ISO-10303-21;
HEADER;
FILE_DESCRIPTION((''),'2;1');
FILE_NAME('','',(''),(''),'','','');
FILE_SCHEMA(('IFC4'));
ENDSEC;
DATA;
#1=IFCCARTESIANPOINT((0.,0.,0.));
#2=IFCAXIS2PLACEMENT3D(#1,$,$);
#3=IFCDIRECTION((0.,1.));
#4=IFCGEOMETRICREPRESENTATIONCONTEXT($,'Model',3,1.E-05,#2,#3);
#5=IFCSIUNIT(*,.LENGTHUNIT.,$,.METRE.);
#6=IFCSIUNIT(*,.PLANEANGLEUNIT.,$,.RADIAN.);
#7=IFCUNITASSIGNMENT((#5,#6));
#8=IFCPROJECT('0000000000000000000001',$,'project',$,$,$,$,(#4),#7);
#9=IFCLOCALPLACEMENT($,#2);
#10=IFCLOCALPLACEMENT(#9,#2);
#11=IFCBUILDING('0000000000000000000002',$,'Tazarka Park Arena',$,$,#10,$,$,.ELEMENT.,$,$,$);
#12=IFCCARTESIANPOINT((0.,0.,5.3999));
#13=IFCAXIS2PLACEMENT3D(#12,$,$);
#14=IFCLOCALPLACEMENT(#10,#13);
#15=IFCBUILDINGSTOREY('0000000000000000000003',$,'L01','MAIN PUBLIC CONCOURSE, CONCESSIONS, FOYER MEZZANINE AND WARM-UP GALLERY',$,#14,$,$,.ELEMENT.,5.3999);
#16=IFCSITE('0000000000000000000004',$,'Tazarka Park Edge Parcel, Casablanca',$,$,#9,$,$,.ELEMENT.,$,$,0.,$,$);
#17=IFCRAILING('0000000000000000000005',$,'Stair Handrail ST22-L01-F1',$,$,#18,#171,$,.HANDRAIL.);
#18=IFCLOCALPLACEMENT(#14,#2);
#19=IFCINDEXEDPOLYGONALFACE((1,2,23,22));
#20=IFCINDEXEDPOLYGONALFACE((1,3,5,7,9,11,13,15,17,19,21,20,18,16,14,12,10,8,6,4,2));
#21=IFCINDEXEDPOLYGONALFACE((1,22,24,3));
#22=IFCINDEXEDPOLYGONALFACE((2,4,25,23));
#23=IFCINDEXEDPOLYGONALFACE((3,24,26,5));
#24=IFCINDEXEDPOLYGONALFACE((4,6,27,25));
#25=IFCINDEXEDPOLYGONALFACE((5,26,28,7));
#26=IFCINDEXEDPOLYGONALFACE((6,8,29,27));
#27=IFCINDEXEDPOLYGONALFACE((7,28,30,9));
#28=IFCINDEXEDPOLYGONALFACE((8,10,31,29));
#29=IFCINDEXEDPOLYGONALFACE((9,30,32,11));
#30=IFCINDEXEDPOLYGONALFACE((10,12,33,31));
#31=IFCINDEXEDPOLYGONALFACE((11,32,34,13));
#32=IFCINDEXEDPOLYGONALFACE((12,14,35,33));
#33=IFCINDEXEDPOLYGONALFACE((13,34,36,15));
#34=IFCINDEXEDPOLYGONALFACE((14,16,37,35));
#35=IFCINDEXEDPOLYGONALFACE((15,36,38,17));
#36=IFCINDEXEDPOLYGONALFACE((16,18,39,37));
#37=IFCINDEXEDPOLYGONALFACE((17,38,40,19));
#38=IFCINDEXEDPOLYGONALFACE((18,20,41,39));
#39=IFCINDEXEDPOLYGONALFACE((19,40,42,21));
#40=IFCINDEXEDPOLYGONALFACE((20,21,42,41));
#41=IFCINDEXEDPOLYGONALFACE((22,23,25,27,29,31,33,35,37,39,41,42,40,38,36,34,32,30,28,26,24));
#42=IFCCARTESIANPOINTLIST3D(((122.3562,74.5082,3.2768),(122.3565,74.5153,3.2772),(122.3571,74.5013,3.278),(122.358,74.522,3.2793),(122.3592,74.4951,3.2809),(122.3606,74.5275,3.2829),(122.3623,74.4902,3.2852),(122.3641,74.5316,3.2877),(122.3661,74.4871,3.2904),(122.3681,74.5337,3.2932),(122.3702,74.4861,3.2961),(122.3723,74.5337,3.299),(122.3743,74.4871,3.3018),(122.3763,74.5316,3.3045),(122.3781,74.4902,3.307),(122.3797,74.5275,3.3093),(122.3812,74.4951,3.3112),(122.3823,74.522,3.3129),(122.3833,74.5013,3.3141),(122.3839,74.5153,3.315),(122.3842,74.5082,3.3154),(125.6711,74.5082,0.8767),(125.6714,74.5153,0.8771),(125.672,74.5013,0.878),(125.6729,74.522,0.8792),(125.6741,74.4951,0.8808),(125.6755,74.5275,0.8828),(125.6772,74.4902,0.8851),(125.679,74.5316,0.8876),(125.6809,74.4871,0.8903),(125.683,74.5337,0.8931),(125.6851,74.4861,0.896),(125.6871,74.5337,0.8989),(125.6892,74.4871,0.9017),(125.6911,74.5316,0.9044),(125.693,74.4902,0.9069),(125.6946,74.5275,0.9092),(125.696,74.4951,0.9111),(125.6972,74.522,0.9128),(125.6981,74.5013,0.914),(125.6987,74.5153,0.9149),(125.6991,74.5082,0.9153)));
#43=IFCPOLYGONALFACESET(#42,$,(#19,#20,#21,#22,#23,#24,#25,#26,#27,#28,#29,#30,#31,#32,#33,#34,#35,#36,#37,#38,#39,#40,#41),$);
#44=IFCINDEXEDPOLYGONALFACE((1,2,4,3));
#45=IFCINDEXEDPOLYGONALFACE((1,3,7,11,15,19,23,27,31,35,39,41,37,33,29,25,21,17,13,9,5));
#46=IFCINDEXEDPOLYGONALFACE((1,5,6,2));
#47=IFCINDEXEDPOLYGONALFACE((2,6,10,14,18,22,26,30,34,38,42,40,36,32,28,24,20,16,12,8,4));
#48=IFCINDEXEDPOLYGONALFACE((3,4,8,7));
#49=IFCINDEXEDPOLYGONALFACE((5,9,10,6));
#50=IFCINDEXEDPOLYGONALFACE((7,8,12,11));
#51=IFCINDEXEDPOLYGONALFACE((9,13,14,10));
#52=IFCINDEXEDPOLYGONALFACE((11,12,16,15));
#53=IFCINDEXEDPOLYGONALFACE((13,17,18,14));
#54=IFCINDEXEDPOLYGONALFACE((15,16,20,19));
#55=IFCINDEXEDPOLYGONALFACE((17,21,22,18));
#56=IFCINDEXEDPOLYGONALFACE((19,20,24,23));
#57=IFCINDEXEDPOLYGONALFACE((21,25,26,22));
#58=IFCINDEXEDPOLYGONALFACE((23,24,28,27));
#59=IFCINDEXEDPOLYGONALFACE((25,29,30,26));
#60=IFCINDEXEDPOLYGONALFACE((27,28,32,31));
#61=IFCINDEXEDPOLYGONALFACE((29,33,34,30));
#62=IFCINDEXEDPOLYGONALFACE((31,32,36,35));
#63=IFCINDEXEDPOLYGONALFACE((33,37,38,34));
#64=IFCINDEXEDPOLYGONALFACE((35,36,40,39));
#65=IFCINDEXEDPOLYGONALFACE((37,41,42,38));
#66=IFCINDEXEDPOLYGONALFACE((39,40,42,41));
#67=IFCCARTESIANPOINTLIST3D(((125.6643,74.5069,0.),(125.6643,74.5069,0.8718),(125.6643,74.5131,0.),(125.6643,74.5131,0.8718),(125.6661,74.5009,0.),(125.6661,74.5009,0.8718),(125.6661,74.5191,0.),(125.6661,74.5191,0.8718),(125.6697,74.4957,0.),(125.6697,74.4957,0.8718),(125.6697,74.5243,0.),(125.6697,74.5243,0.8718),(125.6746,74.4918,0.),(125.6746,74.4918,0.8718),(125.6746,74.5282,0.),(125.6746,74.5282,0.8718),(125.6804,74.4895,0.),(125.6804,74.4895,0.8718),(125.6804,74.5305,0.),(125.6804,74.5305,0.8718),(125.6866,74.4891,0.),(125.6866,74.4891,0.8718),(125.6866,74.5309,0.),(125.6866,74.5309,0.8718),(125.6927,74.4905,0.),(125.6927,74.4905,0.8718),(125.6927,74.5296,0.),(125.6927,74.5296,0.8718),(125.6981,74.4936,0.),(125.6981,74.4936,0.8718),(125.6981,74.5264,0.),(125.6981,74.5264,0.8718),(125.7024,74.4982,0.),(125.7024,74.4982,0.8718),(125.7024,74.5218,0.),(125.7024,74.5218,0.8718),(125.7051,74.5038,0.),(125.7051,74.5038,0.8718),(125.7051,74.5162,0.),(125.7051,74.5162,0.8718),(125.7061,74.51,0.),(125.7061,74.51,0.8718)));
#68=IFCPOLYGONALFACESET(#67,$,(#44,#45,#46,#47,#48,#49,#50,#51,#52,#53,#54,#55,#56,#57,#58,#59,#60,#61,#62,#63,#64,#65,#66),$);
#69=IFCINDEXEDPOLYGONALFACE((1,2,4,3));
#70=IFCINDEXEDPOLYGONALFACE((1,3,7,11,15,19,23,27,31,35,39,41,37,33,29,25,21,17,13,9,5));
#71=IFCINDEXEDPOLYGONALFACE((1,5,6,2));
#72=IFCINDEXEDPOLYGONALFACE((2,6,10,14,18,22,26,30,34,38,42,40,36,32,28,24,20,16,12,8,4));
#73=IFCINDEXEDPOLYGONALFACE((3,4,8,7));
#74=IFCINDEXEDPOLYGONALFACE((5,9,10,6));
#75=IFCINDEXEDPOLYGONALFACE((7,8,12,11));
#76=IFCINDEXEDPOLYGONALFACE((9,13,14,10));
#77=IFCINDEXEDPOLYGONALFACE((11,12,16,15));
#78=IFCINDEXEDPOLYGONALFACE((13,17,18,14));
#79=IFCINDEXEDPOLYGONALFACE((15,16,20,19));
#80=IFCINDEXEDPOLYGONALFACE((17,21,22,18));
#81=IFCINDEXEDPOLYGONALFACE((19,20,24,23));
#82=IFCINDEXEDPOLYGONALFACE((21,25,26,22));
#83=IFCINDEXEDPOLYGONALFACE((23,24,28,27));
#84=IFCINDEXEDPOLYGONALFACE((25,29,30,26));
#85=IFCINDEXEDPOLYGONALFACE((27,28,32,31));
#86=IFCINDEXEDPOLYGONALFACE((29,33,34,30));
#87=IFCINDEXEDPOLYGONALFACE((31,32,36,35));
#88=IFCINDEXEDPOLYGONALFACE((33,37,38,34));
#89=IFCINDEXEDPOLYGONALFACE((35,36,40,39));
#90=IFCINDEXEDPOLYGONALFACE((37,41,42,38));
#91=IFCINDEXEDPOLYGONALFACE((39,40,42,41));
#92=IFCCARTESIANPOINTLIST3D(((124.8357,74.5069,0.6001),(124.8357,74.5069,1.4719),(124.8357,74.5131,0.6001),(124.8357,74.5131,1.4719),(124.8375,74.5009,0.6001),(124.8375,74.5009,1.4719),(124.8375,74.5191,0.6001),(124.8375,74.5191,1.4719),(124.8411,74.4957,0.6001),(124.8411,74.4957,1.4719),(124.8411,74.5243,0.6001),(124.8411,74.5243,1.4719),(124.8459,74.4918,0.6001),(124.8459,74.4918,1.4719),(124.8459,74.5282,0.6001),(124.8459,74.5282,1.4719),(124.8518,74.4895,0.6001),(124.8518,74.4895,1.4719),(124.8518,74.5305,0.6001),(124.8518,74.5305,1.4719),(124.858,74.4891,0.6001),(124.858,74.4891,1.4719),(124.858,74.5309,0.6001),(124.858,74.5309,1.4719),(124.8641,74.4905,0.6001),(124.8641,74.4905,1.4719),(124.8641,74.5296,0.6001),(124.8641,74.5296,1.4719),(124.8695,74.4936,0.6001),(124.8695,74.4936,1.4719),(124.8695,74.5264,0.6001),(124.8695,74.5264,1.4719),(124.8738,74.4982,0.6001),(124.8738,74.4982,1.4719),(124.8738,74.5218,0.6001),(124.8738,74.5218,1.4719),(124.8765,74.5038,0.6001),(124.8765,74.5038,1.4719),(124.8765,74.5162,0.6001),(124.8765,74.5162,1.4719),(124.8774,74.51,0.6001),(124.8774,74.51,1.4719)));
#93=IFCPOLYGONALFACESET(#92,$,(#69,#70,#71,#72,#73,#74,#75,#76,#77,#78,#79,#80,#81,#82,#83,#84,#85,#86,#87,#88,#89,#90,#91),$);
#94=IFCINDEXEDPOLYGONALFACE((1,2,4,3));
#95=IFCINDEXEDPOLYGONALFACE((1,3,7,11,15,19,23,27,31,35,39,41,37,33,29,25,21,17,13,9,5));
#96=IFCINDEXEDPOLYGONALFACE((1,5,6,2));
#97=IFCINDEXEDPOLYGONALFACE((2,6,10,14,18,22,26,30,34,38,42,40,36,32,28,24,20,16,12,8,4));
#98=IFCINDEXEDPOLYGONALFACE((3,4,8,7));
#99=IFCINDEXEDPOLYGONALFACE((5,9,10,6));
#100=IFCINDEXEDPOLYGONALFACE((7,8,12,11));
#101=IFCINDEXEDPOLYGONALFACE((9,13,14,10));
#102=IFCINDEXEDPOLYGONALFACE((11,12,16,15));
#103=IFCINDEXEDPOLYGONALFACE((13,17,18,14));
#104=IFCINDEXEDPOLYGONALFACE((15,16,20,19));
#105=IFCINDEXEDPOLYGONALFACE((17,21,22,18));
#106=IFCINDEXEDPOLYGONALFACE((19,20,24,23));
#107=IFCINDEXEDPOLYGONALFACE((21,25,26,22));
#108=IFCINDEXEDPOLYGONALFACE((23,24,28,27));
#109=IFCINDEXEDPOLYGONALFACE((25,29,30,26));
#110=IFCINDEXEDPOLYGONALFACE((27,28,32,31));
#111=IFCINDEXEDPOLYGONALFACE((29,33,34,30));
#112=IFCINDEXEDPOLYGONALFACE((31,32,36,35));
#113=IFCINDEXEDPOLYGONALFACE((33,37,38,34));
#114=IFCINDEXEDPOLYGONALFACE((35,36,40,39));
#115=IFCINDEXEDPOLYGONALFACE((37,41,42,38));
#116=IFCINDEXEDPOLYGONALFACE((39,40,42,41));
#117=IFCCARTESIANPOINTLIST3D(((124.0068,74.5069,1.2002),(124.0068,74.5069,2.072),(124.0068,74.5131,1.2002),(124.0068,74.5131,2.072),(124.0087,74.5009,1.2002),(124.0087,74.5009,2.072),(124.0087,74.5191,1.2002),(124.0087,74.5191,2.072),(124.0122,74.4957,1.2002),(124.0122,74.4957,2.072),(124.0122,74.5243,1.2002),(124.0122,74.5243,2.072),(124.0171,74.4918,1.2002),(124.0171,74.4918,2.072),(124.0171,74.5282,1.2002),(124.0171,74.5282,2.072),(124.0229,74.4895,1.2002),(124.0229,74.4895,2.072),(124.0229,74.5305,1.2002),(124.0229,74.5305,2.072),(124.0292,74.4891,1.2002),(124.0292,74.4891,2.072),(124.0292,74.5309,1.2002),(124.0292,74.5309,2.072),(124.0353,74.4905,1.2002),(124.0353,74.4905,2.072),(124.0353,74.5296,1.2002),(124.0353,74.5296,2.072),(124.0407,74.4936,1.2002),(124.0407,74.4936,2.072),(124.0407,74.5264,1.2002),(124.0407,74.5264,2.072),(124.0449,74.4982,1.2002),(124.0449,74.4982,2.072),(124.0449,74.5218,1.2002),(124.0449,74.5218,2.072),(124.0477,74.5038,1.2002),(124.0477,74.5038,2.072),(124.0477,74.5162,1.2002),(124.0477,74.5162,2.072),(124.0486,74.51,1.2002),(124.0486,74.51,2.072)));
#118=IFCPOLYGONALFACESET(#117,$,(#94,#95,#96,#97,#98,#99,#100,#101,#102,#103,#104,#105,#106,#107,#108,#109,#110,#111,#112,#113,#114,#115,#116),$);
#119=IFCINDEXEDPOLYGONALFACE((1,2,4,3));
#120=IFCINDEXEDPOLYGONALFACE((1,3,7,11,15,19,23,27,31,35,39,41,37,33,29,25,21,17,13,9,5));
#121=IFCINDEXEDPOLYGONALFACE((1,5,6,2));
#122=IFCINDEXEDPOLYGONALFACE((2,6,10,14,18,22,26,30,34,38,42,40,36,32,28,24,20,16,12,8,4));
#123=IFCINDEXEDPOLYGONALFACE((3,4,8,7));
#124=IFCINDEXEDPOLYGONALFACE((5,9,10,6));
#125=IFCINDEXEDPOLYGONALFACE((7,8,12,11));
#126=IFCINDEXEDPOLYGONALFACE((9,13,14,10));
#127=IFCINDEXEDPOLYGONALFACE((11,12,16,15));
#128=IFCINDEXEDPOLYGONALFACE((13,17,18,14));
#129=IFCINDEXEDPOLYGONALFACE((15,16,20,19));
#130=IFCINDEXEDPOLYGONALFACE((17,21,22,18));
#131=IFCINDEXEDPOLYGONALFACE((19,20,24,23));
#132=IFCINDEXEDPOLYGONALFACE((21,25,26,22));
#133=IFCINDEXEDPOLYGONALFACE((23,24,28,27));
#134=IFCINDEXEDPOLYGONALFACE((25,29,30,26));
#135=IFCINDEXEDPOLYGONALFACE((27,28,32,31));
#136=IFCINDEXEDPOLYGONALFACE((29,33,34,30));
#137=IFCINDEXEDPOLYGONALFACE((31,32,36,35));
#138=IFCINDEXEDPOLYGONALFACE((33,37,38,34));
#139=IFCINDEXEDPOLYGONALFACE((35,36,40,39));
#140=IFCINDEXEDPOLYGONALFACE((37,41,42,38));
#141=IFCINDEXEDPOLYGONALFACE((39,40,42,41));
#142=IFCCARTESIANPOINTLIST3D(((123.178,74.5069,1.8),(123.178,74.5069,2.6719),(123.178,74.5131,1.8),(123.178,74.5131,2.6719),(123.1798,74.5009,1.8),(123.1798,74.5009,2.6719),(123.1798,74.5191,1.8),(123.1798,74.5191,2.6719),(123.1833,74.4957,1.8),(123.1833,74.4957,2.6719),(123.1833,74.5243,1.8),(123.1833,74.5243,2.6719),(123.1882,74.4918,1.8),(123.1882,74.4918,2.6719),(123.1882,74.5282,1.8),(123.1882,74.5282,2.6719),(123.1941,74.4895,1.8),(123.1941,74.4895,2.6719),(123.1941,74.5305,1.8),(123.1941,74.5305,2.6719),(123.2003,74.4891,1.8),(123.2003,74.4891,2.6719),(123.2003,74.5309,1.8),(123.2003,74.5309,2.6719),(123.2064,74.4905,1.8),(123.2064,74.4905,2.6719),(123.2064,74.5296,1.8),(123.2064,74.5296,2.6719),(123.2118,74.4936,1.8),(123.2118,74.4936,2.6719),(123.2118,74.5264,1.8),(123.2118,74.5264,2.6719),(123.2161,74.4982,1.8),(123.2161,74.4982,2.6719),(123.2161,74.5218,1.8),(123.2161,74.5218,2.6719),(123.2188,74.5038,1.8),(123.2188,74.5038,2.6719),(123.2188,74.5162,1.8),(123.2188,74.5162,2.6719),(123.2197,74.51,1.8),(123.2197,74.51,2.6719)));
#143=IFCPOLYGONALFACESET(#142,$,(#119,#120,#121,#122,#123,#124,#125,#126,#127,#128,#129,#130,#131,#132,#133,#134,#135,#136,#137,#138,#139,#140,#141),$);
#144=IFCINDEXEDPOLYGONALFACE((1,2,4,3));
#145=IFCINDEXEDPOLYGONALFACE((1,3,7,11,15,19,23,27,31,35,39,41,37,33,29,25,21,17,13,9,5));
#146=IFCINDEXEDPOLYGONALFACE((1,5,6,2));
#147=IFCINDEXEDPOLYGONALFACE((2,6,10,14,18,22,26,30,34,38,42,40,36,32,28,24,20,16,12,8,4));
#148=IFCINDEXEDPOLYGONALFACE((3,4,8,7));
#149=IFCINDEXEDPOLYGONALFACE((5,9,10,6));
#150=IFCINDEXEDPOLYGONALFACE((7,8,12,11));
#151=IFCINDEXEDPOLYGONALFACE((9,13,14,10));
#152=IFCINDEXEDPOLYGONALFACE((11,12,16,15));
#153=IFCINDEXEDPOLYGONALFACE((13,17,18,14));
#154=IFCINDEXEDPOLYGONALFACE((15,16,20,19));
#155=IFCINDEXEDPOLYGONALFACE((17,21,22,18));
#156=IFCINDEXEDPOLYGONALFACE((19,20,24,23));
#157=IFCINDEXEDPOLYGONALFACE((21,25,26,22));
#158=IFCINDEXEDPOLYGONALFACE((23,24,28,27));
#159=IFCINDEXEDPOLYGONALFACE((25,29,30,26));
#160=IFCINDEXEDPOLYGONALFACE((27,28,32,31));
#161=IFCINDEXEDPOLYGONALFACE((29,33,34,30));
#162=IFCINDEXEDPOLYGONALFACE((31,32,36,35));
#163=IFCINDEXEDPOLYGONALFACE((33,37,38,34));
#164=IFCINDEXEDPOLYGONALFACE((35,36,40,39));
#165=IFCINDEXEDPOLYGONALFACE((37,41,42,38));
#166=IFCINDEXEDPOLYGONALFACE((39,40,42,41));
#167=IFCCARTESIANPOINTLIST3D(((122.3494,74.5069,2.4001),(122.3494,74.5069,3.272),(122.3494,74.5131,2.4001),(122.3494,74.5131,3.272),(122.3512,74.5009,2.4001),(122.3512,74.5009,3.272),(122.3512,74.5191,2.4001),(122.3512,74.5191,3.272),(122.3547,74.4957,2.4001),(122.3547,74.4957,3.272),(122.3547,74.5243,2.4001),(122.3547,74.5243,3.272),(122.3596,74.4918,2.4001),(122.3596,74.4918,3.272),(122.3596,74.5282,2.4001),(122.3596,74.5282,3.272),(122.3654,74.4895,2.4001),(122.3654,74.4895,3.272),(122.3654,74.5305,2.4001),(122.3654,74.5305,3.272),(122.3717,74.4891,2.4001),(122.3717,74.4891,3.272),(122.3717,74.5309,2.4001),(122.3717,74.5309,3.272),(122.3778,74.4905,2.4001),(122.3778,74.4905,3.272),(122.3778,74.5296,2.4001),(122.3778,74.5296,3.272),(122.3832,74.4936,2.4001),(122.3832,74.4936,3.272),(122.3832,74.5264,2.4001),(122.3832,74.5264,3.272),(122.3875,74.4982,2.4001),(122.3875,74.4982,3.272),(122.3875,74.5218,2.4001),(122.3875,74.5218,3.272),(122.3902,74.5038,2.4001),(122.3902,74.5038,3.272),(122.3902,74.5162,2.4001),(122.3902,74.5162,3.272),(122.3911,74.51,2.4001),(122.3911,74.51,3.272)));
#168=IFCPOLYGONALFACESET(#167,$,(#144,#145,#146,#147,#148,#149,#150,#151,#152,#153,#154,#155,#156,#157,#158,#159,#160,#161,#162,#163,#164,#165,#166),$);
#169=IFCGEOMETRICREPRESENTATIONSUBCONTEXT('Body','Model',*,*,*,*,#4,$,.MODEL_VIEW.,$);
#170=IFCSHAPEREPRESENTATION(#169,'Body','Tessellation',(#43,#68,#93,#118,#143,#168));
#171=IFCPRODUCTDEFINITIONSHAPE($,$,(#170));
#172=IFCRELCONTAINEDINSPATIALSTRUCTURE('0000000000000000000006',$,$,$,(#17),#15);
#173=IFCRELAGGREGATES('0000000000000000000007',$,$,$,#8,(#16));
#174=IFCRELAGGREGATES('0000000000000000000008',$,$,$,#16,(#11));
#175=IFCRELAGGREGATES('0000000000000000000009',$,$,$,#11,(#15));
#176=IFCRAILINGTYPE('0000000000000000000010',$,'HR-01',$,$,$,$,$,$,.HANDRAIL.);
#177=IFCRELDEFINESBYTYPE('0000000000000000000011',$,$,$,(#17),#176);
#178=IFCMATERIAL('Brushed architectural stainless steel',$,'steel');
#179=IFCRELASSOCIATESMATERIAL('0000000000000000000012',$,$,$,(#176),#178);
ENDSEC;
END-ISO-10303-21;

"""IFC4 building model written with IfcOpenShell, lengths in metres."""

from ifc_helpers import new_model, si_unit, direction, frame, origin, origin_2d, place, context, subcontext, project, spatial, circle, extrude, material, type_object, element, save


model = new_model("IFC4")

# Units and contexts
model_context = context("Model", 3, precision=1e-05, world=origin(), true_north=direction((0.0, 1.0)))
body_context = subcontext(model_context, "Body", "Model", "MODEL_VIEW")
ifc_project = project(units=[si_unit("LENGTHUNIT", "METRE"), si_unit("PLANEANGLEUNIT", "RADIAN")], contexts=[model_context])

# Site, building, storey
site_placement = place(None, origin())
site = spatial("IfcSite", under=ifc_project, at=site_placement, Name="Tazarka Park Edge Parcel, Casablanca", CompositionType="ELEMENT", RefElevation=0.0)
building_placement = place(site_placement, origin())
building = spatial("IfcBuilding", under=site, at=building_placement, Name="Tazarka Park Arena", CompositionType="ELEMENT")
storey_placement = place(building_placement, frame((0.0, 0.0, 5.3999)))
storey = spatial("IfcBuildingStorey", under=building, at=storey_placement, Name="L01", Description="MAIN PUBLIC CONCOURSE, CONCESSIONS, FOYER MEZZANINE AND WARM-UP GALLERY", CompositionType="ELEMENT", Elevation=5.3999)

# Railing
ifc_material_1 = material(Name="Brushed architectural stainless steel", Category="steel")
railing_type_1 = type_object("IfcRailingType", Name="HR-01", PredefinedType="HANDRAIL", material=ifc_material_1)
for number, where, name in (
    (1, (125.6851, 74.51, 0.0), "Stair Handrail ST22-L01-F1"),
):
    element("IfcRailing", number, at=place(storey_placement, frame(where)), inside=storey, type_object=railing_type_1, Name=name, PredefinedType="HANDRAIL", context=body_context, shape_type="SweptSolid", body=[
        extrude(circle(Radius=0.0239, at=origin_2d()), frame((0.0, 0.0, 0.896), z_axis=(-0.80998, 0.0, 0.586457), x_axis=(0.0, -1.0, 0.0)), (0.0, 0.0, 1.0), 4.0925),
        extrude(circle(Radius=0.021, at=origin_2d()), origin(), (0.0, 0.0, 1.0), 0.8718),
        extrude(circle(Radius=0.021, at=origin_2d()), frame((-0.8286, 0.0, 0.6001)), (0.0, 0.0, 1.0), 0.8718),
        extrude(circle(Radius=0.021, at=origin_2d()), frame((-1.6575, 0.0, 1.2002)), (0.0, 0.0, 1.0), 0.8718),
        extrude(circle(Radius=0.021, at=origin_2d()), frame((-2.4863, 0.0, 1.8)), (0.0, 0.0, 1.0), 0.8718),
        extrude(circle(Radius=0.021, at=origin_2d()), frame((-3.3149, 0.0, 2.4001)), (0.0, 0.0, 1.0), 0.8718),
    ])

save(model, "model.ifc")
